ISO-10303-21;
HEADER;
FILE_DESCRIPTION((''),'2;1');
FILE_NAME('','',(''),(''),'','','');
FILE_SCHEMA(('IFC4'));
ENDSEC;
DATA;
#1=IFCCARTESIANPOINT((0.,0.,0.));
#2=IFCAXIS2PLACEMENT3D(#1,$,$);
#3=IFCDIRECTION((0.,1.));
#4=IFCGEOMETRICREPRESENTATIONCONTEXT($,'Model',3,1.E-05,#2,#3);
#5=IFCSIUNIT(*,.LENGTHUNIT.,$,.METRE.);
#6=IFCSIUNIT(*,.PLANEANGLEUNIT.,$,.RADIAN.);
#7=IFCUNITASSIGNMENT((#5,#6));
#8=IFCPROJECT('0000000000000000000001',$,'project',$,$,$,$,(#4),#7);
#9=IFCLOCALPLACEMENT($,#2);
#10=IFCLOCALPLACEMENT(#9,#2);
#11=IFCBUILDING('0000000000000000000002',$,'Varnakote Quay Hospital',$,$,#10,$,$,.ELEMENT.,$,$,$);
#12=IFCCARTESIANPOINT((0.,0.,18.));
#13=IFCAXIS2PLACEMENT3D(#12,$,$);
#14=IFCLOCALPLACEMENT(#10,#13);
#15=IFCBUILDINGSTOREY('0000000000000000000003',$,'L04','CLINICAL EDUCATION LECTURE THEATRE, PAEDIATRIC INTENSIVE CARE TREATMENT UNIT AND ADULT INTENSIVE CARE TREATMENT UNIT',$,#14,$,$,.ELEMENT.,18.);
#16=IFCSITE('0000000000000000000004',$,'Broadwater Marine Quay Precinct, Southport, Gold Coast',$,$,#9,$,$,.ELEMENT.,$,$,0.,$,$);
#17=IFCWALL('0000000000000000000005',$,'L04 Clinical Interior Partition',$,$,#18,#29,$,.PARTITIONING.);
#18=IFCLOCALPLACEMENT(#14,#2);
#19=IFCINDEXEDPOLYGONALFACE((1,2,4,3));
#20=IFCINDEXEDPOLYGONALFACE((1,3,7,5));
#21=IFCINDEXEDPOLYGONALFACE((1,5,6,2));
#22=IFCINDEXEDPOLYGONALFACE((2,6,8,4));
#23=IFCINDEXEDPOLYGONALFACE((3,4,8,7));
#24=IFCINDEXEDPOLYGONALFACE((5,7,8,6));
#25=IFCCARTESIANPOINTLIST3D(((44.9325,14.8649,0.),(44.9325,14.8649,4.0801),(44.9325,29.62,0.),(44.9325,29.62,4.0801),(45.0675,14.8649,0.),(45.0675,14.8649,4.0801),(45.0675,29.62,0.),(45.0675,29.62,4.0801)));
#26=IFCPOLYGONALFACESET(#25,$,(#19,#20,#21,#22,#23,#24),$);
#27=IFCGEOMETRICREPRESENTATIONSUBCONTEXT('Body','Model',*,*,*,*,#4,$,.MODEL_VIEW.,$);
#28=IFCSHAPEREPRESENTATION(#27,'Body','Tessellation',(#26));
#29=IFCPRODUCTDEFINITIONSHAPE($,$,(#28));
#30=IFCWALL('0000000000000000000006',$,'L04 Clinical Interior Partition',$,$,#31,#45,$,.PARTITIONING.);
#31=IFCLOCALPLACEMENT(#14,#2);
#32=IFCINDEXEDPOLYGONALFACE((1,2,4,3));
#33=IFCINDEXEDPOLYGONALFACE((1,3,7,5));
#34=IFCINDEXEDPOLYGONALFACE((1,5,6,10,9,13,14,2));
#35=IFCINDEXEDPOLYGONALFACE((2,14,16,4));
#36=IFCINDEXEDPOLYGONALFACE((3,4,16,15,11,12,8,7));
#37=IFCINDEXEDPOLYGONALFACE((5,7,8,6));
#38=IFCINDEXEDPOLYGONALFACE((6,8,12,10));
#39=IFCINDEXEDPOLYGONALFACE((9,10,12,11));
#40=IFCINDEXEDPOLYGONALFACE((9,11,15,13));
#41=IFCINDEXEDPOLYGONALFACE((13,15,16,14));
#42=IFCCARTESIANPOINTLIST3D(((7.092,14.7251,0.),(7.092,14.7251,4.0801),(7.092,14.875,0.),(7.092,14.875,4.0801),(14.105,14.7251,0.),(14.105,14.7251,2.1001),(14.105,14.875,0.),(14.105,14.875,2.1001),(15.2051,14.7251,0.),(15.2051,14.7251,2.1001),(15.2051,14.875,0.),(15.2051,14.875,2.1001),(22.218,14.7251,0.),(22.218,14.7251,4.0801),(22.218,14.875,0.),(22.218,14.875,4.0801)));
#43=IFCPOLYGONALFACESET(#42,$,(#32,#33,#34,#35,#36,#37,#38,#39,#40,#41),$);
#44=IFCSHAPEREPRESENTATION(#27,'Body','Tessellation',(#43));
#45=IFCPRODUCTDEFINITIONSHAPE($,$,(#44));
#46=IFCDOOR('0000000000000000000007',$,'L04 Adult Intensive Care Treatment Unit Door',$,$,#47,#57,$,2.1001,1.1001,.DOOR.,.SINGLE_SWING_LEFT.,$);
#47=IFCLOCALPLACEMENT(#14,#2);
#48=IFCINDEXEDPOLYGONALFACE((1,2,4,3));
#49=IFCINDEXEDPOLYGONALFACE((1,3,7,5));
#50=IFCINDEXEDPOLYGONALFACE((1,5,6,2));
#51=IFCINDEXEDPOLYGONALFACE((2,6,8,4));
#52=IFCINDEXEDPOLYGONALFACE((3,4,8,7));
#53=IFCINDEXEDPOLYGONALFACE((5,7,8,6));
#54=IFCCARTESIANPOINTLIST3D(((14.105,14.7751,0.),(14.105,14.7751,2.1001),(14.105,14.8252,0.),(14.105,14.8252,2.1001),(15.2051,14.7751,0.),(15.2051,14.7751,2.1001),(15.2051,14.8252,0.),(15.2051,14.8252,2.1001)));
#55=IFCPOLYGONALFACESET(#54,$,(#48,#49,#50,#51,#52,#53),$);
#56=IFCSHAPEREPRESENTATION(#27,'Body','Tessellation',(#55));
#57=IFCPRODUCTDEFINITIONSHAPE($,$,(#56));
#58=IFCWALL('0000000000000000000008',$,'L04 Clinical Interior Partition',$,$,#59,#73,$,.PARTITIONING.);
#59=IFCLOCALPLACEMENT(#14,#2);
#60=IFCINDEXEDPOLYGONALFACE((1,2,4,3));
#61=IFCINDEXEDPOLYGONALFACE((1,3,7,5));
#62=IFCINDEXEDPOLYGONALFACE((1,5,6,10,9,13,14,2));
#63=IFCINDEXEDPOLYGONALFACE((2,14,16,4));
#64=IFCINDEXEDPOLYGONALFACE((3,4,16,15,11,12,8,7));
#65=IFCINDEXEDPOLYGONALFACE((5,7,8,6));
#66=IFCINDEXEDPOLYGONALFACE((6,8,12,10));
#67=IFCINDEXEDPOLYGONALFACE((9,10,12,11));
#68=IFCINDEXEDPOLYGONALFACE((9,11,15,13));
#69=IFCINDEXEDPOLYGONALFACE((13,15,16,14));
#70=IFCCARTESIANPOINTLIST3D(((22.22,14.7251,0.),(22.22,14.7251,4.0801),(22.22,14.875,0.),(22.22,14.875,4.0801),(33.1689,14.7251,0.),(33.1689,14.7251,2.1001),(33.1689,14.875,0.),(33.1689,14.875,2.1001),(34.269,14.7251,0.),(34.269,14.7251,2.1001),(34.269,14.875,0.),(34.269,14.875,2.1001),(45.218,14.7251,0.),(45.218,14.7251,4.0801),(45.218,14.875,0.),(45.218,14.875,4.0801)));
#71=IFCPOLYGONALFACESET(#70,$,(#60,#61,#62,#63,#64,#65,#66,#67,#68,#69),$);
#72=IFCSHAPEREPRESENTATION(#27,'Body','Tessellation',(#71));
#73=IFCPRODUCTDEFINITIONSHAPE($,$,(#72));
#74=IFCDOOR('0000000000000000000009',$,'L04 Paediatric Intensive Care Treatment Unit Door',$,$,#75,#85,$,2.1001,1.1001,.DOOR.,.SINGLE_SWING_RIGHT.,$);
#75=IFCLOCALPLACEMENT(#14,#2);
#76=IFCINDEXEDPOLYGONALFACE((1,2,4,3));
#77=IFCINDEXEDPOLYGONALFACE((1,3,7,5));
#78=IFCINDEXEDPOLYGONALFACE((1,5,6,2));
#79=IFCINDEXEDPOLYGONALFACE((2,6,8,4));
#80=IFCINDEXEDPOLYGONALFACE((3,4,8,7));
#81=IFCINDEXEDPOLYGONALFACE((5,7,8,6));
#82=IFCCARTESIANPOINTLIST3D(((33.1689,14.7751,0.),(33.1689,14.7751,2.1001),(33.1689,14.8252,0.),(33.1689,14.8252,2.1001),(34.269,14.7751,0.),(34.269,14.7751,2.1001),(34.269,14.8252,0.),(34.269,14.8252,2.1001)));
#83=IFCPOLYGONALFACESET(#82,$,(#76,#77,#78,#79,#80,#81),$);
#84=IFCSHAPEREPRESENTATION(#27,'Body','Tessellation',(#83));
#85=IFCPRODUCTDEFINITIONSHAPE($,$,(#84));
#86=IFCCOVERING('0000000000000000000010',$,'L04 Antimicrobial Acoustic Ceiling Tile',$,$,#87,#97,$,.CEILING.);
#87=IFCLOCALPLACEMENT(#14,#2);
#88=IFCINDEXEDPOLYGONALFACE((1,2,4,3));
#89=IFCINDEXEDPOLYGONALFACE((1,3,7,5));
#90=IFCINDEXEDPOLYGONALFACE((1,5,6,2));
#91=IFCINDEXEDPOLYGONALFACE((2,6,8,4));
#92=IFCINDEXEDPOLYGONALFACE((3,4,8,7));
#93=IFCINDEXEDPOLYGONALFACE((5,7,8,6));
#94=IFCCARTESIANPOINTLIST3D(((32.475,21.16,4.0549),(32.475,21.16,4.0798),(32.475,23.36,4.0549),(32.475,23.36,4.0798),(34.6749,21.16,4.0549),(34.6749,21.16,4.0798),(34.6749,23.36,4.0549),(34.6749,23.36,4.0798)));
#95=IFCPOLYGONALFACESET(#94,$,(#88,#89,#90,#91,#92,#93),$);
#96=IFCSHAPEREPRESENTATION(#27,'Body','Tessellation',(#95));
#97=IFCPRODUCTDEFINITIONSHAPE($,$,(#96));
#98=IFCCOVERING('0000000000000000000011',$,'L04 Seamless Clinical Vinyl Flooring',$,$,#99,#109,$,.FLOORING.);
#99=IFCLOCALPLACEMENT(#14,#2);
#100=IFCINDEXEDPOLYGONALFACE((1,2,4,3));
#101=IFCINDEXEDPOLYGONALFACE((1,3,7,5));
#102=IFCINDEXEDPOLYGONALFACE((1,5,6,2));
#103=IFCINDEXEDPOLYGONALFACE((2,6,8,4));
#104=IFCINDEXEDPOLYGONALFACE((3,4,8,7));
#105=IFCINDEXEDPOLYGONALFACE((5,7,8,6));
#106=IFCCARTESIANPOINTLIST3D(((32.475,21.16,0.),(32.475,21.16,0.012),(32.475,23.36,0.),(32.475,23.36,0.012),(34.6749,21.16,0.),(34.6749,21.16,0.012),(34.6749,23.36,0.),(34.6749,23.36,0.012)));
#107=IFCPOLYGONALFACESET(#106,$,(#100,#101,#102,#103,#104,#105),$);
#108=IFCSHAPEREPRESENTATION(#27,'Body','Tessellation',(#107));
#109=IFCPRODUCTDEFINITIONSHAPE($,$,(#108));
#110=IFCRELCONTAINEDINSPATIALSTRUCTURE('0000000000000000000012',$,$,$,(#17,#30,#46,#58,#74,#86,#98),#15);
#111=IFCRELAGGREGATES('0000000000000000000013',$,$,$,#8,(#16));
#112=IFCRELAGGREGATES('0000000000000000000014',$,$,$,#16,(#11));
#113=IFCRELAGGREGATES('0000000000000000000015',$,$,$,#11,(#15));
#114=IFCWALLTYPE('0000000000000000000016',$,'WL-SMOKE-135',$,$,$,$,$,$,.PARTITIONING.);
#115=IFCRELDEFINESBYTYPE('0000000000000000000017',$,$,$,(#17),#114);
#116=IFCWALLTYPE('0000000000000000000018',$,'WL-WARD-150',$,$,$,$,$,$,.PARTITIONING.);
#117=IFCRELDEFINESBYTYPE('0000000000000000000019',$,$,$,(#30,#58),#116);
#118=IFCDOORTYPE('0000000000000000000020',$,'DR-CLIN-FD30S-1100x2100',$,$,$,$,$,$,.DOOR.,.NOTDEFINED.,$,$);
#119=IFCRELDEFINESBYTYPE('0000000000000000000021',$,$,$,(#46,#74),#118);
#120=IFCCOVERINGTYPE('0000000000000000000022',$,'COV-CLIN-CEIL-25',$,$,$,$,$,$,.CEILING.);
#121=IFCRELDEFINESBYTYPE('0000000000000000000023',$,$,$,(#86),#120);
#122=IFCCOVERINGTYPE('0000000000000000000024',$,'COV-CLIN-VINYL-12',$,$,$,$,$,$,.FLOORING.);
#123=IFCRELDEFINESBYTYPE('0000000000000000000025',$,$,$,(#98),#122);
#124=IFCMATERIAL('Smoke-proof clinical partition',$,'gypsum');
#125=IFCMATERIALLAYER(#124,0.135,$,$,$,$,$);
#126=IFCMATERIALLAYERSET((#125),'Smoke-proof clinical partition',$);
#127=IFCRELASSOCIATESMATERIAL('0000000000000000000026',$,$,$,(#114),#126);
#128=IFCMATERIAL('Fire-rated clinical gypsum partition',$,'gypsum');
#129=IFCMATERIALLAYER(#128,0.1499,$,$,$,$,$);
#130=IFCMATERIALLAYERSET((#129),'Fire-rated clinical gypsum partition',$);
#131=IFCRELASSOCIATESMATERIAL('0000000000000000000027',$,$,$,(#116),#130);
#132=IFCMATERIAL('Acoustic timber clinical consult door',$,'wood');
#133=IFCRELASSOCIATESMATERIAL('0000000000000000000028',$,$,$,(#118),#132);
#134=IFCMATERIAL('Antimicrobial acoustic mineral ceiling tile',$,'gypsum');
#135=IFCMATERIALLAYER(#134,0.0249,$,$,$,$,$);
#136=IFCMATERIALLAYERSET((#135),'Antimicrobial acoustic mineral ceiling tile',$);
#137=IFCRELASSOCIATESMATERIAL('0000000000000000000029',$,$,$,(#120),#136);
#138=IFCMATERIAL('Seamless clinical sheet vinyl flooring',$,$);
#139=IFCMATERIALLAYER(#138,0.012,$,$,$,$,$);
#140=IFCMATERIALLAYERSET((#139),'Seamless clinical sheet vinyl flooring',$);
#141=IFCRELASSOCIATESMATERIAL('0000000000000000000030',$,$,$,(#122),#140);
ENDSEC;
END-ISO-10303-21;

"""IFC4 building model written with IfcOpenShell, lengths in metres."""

from ifc_helpers import new_model, si_unit, direction, frame, frame_2d, origin, origin_2d, place, context, subcontext, project, spatial, rectangle, extrude, material, layer, layer_set, type_object, element, fill, save


model = new_model("IFC4")

# Units and contexts
model_context = context("Model", 3, precision=1e-05, world=origin(), true_north=direction((0.0, 1.0)))
body_context = subcontext(model_context, "Body", "Model", "MODEL_VIEW")
ifc_project = project(units=[si_unit("LENGTHUNIT", "METRE"), si_unit("PLANEANGLEUNIT", "RADIAN")], contexts=[model_context])

# Site, building, storey
site_placement = place(None, origin())
site = spatial("IfcSite", under=ifc_project, at=site_placement, Name="Broadwater Marine Quay Precinct, Southport, Gold Coast", CompositionType="ELEMENT", RefElevation=0.0)
building_placement = place(site_placement, origin())
building = spatial("IfcBuilding", under=site, at=building_placement, Name="Varnakote Quay Hospital", CompositionType="ELEMENT")
storey_placement = place(building_placement, frame((0.0, 0.0, 18.0)))
storey = spatial("IfcBuildingStorey", under=building, at=storey_placement, Name="L04", Description="CLINICAL EDUCATION LECTURE THEATRE, PAEDIATRIC INTENSIVE CARE TREATMENT UNIT AND ADULT INTENSIVE CARE TREATMENT UNIT", CompositionType="ELEMENT", Elevation=18.0)

# Wall
ifc_material_1 = material(Name="Smoke-proof clinical partition", Category="gypsum")
ifc_layer_1 = layer(ifc_material_1, 0.135)
ifc_layer_set_1 = layer_set([ifc_layer_1], Name="Smoke-proof clinical partition")
wall_type_1 = type_object("IfcWallType", Name="WL-SMOKE-135", PredefinedType="PARTITIONING", material=ifc_layer_set_1)
wall_1_placement = place(storey_placement, frame((45.0, 14.865, 0.0), z_axis=(0.0, 0.0, 1.0), x_axis=(0.0, 1.0, 0.0)))
element("IfcWall", 1, at=wall_1_placement, inside=storey, type_object=wall_type_1, Name="L04 Clinical Interior Partition", PredefinedType="PARTITIONING", context=body_context, shape_type="SweptSolid", body=[
    extrude(rectangle(XDim=14.7551, YDim=0.135, at=frame_2d((7.3774, 0.0))), origin(), (0.0, 0.0, 1.0), 4.0801),
])

# Walls, openings, doors
ifc_material_2 = material(Name="Fire-rated clinical gypsum partition", Category="gypsum")
ifc_layer_2 = layer(ifc_material_2, 0.1499)
ifc_layer_set_2 = layer_set([ifc_layer_2], Name="Fire-rated clinical gypsum partition")
wall_type_2 = type_object("IfcWallType", Name="WL-WARD-150", PredefinedType="PARTITIONING", material=ifc_layer_set_2)
wall_2_placement = place(storey_placement, frame((22.218, 14.8, 0.0), z_axis=(0.0, 0.0, 1.0), x_axis=(-1.0, 0.0, 0.0)))
wall_2 = element("IfcWall", 2, at=wall_2_placement, inside=storey, type_object=wall_type_2, Name="L04 Clinical Interior Partition", PredefinedType="PARTITIONING", context=body_context, shape_type="SweptSolid", body=[
    extrude(rectangle(XDim=15.126, YDim=0.1499, at=frame_2d((7.563, 0.0))), origin(), (0.0, 0.0, 1.0), 4.0801),
])
opening_1_placement = place(wall_2_placement, frame((7.0129, 0.0, 0.0)))
opening_1 = element("IfcOpeningElement", 3, at=opening_1_placement, cuts=wall_2, PredefinedType="OPENING", context=body_context, shape_type="SweptSolid", body=[
    extrude(rectangle(XDim=1.1001, YDim=2.1001, at=frame_2d((0.55, 1.05))), frame((0.0, 0.085, 0.0), z_axis=(0.0, -1.0, 0.0), x_axis=(1.0, 0.0, 0.0)), (0.0, 0.0, 1.0), 0.1699),
])
ifc_material_3 = material(Name="Acoustic timber clinical consult door", Category="wood")
door_type = type_object("IfcDoorType", Name="DR-CLIN-FD30S-1100x2100", OperationType="NOTDEFINED", PredefinedType="DOOR", material=ifc_material_3)
door_1_placement = place(opening_1_placement, origin())
door_1 = element("IfcDoor", 4, at=door_1_placement, inside=storey, type_object=door_type, Name="L04 Adult Intensive Care Treatment Unit Door", OperationType="SINGLE_SWING_LEFT", OverallHeight=2.1001, OverallWidth=1.1001, PredefinedType="DOOR", context=body_context, shape_type="SweptSolid", body=[
    extrude(rectangle(XDim=1.1001, YDim=2.1001, at=frame_2d((0.55, 1.05))), frame((0.0, 0.0249, 0.0), z_axis=(0.0, -1.0, 0.0), x_axis=(1.0, 0.0, 0.0)), (0.0, 0.0, 1.0), 0.05),
])
fill(opening_1, door_1)
wall_3_placement = place(storey_placement, frame((45.218, 14.8, 0.0), z_axis=(0.0, 0.0, 1.0), x_axis=(-1.0, 0.0, 0.0)))
wall_3 = element("IfcWall", 5, at=wall_3_placement, inside=storey, type_object=wall_type_2, Name="L04 Clinical Interior Partition", PredefinedType="PARTITIONING", context=body_context, shape_type="SweptSolid", body=[
    extrude(rectangle(XDim=22.998, YDim=0.1499, at=frame_2d((11.499, 0.0))), origin(), (0.0, 0.0, 1.0), 4.0801),
])
opening_2_placement = place(wall_3_placement, frame((10.949, 0.0, 0.0)))
opening_2 = element("IfcOpeningElement", 6, at=opening_2_placement, cuts=wall_3, PredefinedType="OPENING", context=body_context, shape_type="SweptSolid", body=[
    extrude(rectangle(XDim=1.1001, YDim=2.1001, at=frame_2d((0.55, 1.05))), frame((0.0, 0.085, 0.0), z_axis=(0.0, -1.0, 0.0), x_axis=(1.0, 0.0, 0.0)), (0.0, 0.0, 1.0), 0.1699),
])
door_2_placement = place(opening_2_placement, origin())
door_2 = element("IfcDoor", 7, at=door_2_placement, inside=storey, type_object=door_type, Name="L04 Paediatric Intensive Care Treatment Unit Door", OperationType="SINGLE_SWING_RIGHT", OverallHeight=2.1001, OverallWidth=1.1001, PredefinedType="DOOR", context=body_context, shape_type="SweptSolid", body=[
    extrude(rectangle(XDim=1.1001, YDim=2.1001, at=frame_2d((0.55, 1.05))), frame((0.0, 0.0249, 0.0), z_axis=(0.0, -1.0, 0.0), x_axis=(1.0, 0.0, 0.0)), (0.0, 0.0, 1.0), 0.05),
])
fill(opening_2, door_2)

# Coverings
ifc_material_4 = material(Name="Antimicrobial acoustic mineral ceiling tile", Category="gypsum")
ifc_layer_3 = layer(ifc_material_4, 0.0249)
ifc_layer_set_3 = layer_set([ifc_layer_3], Name="Antimicrobial acoustic mineral ceiling tile")
covering_type_1 = type_object("IfcCoveringType", Name="COV-CLIN-CEIL-25", PredefinedType="CEILING", material=ifc_layer_set_3)
covering_1_placement = place(storey_placement, frame((33.575, 22.26, 4.0549), z_axis=(0.0, 0.0, 1.0), x_axis=(1.0, 0.0, 0.0)))
element("IfcCovering", 8, at=covering_1_placement, inside=storey, type_object=covering_type_1, Name="L04 Antimicrobial Acoustic Ceiling Tile", PredefinedType="CEILING", context=body_context, shape_type="SweptSolid", body=[
    extrude(rectangle(XDim=2.2, YDim=2.2, at=origin_2d()), origin(), (0.0, 0.0, 1.0), 0.0249),
])
ifc_material_5 = material(Name="Seamless clinical sheet vinyl flooring")
ifc_layer_4 = layer(ifc_material_5, 0.012)
ifc_layer_set_4 = layer_set([ifc_layer_4], Name="Seamless clinical sheet vinyl flooring")
covering_type_2 = type_object("IfcCoveringType", Name="COV-CLIN-VINYL-12", PredefinedType="FLOORING", material=ifc_layer_set_4)
covering_2_placement = place(storey_placement, frame((33.575, 22.26, 0.0), z_axis=(0.0, 0.0, 1.0), x_axis=(1.0, 0.0, 0.0)))
element("IfcCovering", 9, at=covering_2_placement, inside=storey, type_object=covering_type_2, Name="L04 Seamless Clinical Vinyl Flooring", PredefinedType="FLOORING", context=body_context, shape_type="SweptSolid", body=[
    extrude(rectangle(XDim=2.2, YDim=2.2, at=origin_2d()), origin(), (0.0, 0.0, 1.0), 0.012),
])

save(model, "model.ifc")
